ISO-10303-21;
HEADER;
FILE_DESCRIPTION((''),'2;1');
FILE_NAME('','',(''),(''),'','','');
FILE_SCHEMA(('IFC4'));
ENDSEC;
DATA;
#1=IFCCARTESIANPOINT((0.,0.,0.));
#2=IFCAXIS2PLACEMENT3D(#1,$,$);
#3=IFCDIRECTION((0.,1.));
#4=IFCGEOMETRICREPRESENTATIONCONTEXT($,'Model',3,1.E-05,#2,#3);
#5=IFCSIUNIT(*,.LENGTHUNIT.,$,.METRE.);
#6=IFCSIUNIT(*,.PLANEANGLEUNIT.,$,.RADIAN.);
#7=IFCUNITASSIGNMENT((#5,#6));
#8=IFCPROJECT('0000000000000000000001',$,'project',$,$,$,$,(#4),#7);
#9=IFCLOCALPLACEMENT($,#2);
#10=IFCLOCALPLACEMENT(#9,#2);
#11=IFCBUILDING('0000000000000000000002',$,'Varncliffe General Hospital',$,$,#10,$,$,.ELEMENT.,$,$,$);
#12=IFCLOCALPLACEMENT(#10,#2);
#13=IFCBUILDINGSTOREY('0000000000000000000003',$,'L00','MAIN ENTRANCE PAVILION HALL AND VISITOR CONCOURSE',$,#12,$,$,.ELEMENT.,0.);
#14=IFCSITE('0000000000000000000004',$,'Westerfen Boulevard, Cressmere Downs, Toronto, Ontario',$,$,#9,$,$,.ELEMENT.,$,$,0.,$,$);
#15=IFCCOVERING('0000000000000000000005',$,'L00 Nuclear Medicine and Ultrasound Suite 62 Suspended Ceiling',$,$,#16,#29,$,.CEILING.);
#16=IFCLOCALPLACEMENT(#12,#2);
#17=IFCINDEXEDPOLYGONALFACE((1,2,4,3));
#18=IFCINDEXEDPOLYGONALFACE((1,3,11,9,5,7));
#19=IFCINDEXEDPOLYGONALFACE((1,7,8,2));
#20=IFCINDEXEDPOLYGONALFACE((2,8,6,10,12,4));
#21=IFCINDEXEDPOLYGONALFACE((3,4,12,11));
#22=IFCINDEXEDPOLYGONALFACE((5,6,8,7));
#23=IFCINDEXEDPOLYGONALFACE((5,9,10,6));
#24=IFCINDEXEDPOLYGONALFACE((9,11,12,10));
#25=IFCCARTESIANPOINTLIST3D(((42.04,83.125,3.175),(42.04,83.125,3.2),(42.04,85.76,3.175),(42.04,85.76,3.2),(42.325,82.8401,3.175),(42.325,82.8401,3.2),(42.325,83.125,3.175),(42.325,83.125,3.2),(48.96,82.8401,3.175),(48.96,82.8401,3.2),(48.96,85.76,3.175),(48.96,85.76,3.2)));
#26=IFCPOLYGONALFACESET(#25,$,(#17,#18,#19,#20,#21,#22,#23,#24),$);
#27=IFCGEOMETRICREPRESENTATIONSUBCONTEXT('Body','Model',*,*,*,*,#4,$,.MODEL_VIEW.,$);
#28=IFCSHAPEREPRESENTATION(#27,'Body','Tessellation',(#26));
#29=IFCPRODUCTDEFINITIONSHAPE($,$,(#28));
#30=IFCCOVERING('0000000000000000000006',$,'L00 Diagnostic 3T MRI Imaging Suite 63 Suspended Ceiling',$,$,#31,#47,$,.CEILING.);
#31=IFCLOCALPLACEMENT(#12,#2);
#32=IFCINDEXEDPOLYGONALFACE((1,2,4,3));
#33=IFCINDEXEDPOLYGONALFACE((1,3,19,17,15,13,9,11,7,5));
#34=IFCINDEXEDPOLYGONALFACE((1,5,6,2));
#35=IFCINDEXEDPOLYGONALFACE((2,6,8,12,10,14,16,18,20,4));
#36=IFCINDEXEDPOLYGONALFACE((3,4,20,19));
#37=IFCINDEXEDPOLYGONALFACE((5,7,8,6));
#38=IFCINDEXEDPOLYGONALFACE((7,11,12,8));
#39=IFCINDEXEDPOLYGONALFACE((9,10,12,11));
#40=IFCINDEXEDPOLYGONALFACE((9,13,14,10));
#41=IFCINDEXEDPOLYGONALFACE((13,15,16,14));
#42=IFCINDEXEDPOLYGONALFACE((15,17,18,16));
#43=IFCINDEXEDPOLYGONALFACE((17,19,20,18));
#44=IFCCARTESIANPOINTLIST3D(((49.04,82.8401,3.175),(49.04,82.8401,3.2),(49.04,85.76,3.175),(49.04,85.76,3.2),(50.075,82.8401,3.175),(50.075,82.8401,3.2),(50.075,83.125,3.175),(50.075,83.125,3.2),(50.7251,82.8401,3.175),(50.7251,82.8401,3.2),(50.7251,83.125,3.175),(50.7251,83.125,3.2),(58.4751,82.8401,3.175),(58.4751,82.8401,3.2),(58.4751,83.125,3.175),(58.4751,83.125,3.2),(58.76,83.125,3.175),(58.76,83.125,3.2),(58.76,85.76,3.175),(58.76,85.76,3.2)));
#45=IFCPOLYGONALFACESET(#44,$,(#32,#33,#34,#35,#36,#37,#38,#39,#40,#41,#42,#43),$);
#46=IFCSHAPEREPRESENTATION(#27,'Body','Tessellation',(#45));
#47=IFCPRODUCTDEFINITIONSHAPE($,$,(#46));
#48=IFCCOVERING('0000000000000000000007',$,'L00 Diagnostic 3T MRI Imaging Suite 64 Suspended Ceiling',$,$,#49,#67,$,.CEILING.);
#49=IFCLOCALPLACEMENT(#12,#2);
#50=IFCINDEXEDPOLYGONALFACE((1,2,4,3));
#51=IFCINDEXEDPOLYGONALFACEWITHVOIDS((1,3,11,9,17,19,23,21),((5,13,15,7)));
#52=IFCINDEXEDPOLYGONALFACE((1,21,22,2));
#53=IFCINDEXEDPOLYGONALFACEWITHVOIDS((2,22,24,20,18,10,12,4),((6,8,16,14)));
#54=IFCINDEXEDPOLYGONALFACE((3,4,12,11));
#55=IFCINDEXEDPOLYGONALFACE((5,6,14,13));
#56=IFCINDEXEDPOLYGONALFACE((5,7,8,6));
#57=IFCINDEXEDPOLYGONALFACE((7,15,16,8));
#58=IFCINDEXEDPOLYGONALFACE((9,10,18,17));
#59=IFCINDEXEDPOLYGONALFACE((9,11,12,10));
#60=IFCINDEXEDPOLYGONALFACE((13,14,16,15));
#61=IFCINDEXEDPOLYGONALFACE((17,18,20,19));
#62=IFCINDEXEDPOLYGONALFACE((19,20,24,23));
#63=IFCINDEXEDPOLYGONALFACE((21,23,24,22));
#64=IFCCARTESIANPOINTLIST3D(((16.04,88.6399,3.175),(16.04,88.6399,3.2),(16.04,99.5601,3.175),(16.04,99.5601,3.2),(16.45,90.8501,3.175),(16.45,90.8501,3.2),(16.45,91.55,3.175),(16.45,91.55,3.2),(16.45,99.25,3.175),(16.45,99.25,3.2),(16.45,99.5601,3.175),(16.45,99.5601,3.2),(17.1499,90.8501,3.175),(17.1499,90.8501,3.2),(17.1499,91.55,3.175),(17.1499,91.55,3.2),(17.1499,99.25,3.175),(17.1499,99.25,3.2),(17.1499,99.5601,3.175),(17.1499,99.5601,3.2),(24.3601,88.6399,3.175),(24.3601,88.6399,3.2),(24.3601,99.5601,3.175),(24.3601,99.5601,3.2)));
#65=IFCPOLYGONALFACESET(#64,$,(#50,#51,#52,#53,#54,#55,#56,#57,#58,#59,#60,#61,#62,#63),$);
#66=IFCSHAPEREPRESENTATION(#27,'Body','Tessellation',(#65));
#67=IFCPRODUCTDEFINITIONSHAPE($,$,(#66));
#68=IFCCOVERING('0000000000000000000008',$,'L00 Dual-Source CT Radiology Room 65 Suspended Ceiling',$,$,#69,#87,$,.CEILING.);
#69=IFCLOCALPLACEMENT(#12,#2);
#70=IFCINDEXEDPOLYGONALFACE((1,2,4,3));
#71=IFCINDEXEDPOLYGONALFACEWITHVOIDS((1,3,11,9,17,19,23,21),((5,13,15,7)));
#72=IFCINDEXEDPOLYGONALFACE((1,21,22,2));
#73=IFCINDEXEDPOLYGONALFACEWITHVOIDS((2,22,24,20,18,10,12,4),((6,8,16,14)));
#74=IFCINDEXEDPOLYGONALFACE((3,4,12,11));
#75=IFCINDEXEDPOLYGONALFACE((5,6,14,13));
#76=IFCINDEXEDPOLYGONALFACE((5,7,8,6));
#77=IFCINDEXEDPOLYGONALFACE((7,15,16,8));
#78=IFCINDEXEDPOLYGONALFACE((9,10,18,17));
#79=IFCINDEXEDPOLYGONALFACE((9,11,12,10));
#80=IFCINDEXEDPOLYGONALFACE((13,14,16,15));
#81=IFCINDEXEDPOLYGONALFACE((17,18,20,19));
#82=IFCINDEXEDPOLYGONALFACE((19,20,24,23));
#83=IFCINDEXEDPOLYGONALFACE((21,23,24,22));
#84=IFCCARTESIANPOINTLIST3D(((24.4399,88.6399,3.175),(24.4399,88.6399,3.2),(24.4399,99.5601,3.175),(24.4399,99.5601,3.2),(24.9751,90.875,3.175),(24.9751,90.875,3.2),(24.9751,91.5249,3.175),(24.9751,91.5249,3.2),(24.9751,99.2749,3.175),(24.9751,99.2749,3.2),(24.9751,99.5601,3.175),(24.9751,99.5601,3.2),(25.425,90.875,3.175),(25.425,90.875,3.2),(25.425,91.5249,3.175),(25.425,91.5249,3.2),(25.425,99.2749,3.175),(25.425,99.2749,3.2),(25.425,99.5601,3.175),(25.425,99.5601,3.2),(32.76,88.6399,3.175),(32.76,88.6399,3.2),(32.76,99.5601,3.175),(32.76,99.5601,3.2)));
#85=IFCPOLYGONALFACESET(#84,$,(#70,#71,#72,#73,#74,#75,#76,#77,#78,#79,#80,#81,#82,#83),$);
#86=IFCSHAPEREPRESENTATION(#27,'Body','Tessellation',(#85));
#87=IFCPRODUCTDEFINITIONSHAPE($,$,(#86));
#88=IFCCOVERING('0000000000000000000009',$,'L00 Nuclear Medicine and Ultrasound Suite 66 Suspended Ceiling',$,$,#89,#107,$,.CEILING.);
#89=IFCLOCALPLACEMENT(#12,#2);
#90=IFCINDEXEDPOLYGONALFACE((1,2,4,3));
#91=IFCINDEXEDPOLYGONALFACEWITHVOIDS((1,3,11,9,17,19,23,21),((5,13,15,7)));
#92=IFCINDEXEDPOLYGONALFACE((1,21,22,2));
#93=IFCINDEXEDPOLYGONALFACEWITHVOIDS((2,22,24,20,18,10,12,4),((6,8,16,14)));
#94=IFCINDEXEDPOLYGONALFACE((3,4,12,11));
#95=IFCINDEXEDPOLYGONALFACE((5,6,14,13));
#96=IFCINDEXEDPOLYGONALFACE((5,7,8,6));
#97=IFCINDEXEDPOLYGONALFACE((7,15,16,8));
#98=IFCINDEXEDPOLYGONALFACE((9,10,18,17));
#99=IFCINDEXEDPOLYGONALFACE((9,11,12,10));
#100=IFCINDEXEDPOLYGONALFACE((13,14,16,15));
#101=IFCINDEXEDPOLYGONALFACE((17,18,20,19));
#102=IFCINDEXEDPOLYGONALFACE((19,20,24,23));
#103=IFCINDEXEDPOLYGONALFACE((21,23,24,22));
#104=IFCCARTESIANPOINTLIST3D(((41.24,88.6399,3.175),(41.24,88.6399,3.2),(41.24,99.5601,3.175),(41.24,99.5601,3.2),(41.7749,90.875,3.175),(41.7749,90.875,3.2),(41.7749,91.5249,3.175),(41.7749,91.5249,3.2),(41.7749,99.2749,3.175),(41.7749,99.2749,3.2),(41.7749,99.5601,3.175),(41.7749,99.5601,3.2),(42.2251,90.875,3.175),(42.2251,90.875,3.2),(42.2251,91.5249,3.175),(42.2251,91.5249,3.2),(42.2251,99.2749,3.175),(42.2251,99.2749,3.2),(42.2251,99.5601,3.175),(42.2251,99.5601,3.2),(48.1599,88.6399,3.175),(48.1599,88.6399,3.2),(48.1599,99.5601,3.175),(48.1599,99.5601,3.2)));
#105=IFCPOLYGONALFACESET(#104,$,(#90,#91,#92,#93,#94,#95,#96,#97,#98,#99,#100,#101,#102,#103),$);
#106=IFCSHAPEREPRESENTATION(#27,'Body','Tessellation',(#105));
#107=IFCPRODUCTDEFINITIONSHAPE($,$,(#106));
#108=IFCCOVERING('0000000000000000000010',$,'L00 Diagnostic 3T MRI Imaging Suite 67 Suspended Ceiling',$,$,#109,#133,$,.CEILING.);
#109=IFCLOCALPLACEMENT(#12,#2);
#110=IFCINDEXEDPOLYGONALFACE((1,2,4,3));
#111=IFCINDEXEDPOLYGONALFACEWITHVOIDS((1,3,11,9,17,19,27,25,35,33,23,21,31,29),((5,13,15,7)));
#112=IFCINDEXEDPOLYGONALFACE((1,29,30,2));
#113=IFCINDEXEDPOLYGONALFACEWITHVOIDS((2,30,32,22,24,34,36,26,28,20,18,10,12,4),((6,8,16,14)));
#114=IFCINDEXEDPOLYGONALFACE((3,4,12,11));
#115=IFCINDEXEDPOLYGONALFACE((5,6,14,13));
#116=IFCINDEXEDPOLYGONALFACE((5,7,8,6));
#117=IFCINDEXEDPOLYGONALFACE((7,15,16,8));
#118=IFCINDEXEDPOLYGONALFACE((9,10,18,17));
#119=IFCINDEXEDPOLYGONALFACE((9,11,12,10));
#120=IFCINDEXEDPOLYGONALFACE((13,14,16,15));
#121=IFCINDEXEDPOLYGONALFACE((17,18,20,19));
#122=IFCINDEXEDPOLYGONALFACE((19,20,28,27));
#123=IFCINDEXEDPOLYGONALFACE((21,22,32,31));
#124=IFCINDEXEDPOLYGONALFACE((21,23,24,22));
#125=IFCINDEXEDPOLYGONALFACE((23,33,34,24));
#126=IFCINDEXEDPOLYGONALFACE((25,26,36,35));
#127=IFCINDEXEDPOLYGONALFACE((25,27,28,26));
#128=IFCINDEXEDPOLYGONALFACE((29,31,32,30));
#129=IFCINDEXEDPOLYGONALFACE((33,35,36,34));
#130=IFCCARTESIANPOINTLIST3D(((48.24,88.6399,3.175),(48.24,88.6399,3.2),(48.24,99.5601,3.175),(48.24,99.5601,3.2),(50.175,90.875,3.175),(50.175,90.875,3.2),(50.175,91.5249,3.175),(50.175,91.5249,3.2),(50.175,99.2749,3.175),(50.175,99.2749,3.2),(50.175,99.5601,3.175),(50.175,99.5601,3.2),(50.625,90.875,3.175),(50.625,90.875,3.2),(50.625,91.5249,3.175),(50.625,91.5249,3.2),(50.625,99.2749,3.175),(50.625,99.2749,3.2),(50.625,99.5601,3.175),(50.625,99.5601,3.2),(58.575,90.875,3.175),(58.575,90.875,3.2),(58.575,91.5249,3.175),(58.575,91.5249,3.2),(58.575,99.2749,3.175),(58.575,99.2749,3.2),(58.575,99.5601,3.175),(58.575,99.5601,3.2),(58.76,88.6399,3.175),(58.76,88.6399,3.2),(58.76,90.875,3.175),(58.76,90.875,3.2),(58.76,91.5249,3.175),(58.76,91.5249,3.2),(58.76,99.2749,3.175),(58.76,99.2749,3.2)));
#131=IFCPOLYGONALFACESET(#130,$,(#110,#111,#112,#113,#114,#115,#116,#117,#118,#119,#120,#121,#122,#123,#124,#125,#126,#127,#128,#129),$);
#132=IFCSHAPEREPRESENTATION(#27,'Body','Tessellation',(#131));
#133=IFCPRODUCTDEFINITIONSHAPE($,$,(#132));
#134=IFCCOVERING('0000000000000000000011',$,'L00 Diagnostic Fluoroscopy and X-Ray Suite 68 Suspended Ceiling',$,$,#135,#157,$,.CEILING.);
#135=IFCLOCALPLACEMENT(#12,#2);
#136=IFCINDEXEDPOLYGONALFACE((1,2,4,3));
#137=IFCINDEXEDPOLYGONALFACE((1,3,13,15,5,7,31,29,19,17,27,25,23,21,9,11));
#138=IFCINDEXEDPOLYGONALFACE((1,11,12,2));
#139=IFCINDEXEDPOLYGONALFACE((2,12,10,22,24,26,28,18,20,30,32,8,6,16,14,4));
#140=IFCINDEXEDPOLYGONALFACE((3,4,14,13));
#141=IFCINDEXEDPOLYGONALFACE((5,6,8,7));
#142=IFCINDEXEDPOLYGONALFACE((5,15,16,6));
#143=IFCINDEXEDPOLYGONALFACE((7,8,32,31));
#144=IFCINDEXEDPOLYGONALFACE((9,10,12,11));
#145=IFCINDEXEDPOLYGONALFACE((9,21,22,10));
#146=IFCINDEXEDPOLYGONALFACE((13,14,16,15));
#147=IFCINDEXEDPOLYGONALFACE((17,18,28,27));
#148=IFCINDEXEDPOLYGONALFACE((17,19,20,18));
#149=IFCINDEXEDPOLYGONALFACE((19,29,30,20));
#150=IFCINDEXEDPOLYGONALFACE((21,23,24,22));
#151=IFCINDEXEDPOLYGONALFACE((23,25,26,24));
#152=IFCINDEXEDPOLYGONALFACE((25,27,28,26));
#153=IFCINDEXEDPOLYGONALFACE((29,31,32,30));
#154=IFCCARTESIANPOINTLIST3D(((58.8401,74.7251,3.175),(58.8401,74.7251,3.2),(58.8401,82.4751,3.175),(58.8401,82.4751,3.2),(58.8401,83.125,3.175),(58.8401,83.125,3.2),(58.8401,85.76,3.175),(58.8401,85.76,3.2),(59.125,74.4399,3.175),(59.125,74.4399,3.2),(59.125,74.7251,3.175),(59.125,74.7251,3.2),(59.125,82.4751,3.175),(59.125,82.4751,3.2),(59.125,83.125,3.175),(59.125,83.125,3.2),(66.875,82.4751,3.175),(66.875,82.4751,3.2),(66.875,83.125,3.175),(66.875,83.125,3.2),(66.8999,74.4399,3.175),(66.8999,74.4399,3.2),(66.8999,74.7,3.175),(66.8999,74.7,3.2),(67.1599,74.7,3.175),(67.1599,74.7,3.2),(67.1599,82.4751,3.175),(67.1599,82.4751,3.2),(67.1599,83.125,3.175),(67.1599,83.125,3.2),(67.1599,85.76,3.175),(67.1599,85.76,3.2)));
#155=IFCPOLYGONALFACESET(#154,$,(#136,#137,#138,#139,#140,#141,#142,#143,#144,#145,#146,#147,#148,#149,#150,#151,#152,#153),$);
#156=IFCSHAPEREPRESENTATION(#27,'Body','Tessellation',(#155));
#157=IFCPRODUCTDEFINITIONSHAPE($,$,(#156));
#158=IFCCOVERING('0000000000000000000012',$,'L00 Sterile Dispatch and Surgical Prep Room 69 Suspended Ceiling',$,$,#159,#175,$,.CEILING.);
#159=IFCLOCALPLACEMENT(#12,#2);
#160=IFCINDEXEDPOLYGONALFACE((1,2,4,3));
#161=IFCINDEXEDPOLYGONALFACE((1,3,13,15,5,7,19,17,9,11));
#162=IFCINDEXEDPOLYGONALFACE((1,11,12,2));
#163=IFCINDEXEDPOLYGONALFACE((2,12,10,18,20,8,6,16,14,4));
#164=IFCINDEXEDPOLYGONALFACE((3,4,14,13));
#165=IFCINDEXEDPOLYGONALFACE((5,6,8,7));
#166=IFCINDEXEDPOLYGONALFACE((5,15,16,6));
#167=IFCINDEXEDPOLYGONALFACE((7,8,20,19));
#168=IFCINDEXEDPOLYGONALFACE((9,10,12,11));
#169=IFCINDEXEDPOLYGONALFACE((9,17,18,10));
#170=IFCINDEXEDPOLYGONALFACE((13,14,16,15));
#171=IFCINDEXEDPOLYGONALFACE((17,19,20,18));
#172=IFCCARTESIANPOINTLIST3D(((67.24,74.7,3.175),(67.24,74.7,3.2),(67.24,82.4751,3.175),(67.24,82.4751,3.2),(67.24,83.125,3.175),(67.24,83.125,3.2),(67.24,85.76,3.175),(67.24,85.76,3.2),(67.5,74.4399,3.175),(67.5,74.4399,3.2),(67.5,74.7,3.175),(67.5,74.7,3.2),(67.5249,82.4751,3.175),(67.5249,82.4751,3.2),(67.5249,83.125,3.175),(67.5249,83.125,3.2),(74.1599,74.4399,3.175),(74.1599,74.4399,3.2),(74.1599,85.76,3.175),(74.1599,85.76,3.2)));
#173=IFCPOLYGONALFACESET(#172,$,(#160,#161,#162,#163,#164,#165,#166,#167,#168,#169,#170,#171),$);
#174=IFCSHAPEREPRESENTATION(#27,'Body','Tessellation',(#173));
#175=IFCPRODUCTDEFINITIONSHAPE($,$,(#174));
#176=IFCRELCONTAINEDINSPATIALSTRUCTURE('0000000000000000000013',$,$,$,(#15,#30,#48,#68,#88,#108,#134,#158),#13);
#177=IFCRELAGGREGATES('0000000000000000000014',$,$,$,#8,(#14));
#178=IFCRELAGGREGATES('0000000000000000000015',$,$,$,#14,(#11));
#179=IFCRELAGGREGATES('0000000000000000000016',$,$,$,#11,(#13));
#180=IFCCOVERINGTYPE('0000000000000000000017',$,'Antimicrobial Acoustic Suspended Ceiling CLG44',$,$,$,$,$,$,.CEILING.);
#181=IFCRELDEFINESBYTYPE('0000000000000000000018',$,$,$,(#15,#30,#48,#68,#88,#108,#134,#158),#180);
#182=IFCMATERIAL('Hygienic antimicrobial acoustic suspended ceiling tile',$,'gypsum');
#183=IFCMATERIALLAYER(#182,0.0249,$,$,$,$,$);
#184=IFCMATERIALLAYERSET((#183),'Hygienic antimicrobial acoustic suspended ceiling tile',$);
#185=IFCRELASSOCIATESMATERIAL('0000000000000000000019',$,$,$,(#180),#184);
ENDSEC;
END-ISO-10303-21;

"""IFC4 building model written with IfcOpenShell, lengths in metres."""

from ifc_helpers import new_model, si_unit, direction, frame, origin, place, context, subcontext, project, spatial, polyline, outline, extrude, material, layer, layer_set, type_object, element, save


model = new_model("IFC4")

# Units and contexts
model_context = context("Model", 3, precision=1e-05, world=origin(), true_north=direction((0.0, 1.0)))
body_context = subcontext(model_context, "Body", "Model", "MODEL_VIEW")
ifc_project = project(units=[si_unit("LENGTHUNIT", "METRE"), si_unit("PLANEANGLEUNIT", "RADIAN")], contexts=[model_context])

# Site, building, storey
site_placement = place(None, origin())
site = spatial("IfcSite", under=ifc_project, at=site_placement, Name="Westerfen Boulevard, Cressmere Downs, Toronto, Ontario", CompositionType="ELEMENT", RefElevation=0.0)
building_placement = place(site_placement, origin())
building = spatial("IfcBuilding", under=site, at=building_placement, Name="Varncliffe General Hospital", CompositionType="ELEMENT")
storey_placement = place(building_placement, origin())
storey = spatial("IfcBuildingStorey", under=building, at=storey_placement, Name="L00", Description="MAIN ENTRANCE PAVILION HALL AND VISITOR CONCOURSE", CompositionType="ELEMENT", Elevation=0.0)

# Coverings
ifc_material_1 = material(Name="Hygienic antimicrobial acoustic suspended ceiling tile", Category="gypsum")
ifc_layer_1 = layer(ifc_material_1, 0.0249)
ifc_layer_set_1 = layer_set([ifc_layer_1], Name="Hygienic antimicrobial acoustic suspended ceiling tile")
covering_type = type_object("IfcCoveringType", Name="Antimicrobial Acoustic Suspended Ceiling CLG44", PredefinedType="CEILING", material=ifc_layer_set_1)
covering_1_placement = place(storey_placement, frame((0.0, 0.0, 3.175)))
element("IfcCovering", 1, at=covering_1_placement, inside=storey, type_object=covering_type, Name="L00 Nuclear Medicine and Ultrasound Suite 62 Suspended Ceiling", PredefinedType="CEILING", context=body_context, shape_type="SweptSolid", body=[
    extrude(outline(polyline([(42.04, 85.76), (48.96, 85.76), (48.96, 82.8401), (42.325, 82.8401), (42.325, 83.125), (42.04, 83.125), (42.04, 85.76)])), origin(), (0.0, 0.0, 1.0), 0.0249),
])
covering_2_placement = place(storey_placement, frame((0.0, 0.0, 3.175)))
element("IfcCovering", 2, at=covering_2_placement, inside=storey, type_object=covering_type, Name="L00 Diagnostic 3T MRI Imaging Suite 63 Suspended Ceiling", PredefinedType="CEILING", context=body_context, shape_type="SweptSolid", body=[
    extrude(outline(polyline([(49.04, 85.76), (58.76, 85.76), (58.76, 83.125), (58.4751, 83.125), (58.4751, 82.8401), (50.7251, 82.8401), (50.7251, 83.125), (50.075, 83.125), (50.075, 82.8401), (49.04, 82.8401), (49.04, 85.76)])), origin(), (0.0, 0.0, 1.0), 0.0249),
])
covering_3_placement = place(storey_placement, frame((0.0, 0.0, 3.175)))
element("IfcCovering", 3, at=covering_3_placement, inside=storey, type_object=covering_type, Name="L00 Diagnostic 3T MRI Imaging Suite 64 Suspended Ceiling", PredefinedType="CEILING", context=body_context, shape_type="SweptSolid", body=[
    extrude(outline(polyline([(24.3601, 99.5601), (24.3601, 88.6399), (16.04, 88.6399), (16.04, 99.5601), (16.45, 99.5601), (16.45, 99.25), (17.1499, 99.25), (17.1499, 99.5601), (24.3601, 99.5601)]), holes=[polyline([(17.1499, 90.8501), (17.1499, 91.55), (16.45, 91.55), (16.45, 90.8501), (17.1499, 90.8501)])]), origin(), (0.0, 0.0, 1.0), 0.0249),
])
covering_4_placement = place(storey_placement, frame((0.0, 0.0, 3.175)))
element("IfcCovering", 4, at=covering_4_placement, inside=storey, type_object=covering_type, Name="L00 Dual-Source CT Radiology Room 65 Suspended Ceiling", PredefinedType="CEILING", context=body_context, shape_type="SweptSolid", body=[
    extrude(outline(polyline([(32.76, 99.5601), (32.76, 88.6399), (24.4399, 88.6399), (24.4399, 99.5601), (24.9751, 99.5601), (24.9751, 99.2749), (25.425, 99.2749), (25.425, 99.5601), (32.76, 99.5601)]), holes=[polyline([(25.425, 90.875), (25.425, 91.5249), (24.9751, 91.5249), (24.9751, 90.875), (25.425, 90.875)])]), origin(), (0.0, 0.0, 1.0), 0.0249),
])
covering_5_placement = place(storey_placement, frame((0.0, 0.0, 3.175)))
element("IfcCovering", 5, at=covering_5_placement, inside=storey, type_object=covering_type, Name="L00 Nuclear Medicine and Ultrasound Suite 66 Suspended Ceiling", PredefinedType="CEILING", context=body_context, shape_type="SweptSolid", body=[
    extrude(outline(polyline([(48.1599, 99.5601), (48.1599, 88.6399), (41.24, 88.6399), (41.24, 99.5601), (41.7749, 99.5601), (41.7749, 99.2749), (42.2251, 99.2749), (42.2251, 99.5601), (48.1599, 99.5601)]), holes=[polyline([(42.2251, 90.875), (42.2251, 91.5249), (41.7749, 91.5249), (41.7749, 90.875), (42.2251, 90.875)])]), origin(), (0.0, 0.0, 1.0), 0.0249),
])
covering_6_placement = place(storey_placement, frame((0.0, 0.0, 3.175)))
element("IfcCovering", 6, at=covering_6_placement, inside=storey, type_object=covering_type, Name="L00 Diagnostic 3T MRI Imaging Suite 67 Suspended Ceiling", PredefinedType="CEILING", context=body_context, shape_type="SweptSolid", body=[
    extrude(outline(polyline([(58.575, 91.5249), (58.575, 90.875), (58.76, 90.875), (58.76, 88.6399), (48.24, 88.6399), (48.24, 99.5601), (50.175, 99.5601), (50.175, 99.2749), (50.625, 99.2749), (50.625, 99.5601), (58.575, 99.5601), (58.575, 99.2749), (58.76, 99.2749), (58.76, 91.5249), (58.575, 91.5249)]), holes=[polyline([(50.625, 90.875), (50.625, 91.5249), (50.175, 91.5249), (50.175, 90.875), (50.625, 90.875)])]), origin(), (0.0, 0.0, 1.0), 0.0249),
])
covering_7_placement = place(storey_placement, frame((0.0, 0.0, 3.175)))
element("IfcCovering", 7, at=covering_7_placement, inside=storey, type_object=covering_type, Name="L00 Diagnostic Fluoroscopy and X-Ray Suite 68 Suspended Ceiling", PredefinedType="CEILING", context=body_context, shape_type="SweptSolid", body=[
    extrude(outline(polyline([(66.8999, 74.7), (66.8999, 74.4399), (59.125, 74.4399), (59.125, 74.7251), (58.8401, 74.7251), (58.8401, 82.4751), (59.125, 82.4751), (59.125, 83.125), (58.8401, 83.125), (58.8401, 85.76), (67.1599, 85.76), (67.1599, 83.125), (66.875, 83.125), (66.875, 82.4751), (67.1599, 82.4751), (67.1599, 74.7), (66.8999, 74.7)])), origin(), (0.0, 0.0, 1.0), 0.0249),
])
covering_8_placement = place(storey_placement, frame((0.0, 0.0, 3.175)))
element("IfcCovering", 8, at=covering_8_placement, inside=storey, type_object=covering_type, Name="L00 Sterile Dispatch and Surgical Prep Room 69 Suspended Ceiling", PredefinedType="CEILING", context=body_context, shape_type="SweptSolid", body=[
    extrude(outline(polyline([(74.1599, 85.76), (74.1599, 74.4399), (67.5, 74.4399), (67.5, 74.7), (67.24, 74.7), (67.24, 82.4751), (67.5249, 82.4751), (67.5249, 83.125), (67.24, 83.125), (67.24, 85.76), (74.1599, 85.76)])), origin(), (0.0, 0.0, 1.0), 0.0249),
])

save(model, "model.ifc")
